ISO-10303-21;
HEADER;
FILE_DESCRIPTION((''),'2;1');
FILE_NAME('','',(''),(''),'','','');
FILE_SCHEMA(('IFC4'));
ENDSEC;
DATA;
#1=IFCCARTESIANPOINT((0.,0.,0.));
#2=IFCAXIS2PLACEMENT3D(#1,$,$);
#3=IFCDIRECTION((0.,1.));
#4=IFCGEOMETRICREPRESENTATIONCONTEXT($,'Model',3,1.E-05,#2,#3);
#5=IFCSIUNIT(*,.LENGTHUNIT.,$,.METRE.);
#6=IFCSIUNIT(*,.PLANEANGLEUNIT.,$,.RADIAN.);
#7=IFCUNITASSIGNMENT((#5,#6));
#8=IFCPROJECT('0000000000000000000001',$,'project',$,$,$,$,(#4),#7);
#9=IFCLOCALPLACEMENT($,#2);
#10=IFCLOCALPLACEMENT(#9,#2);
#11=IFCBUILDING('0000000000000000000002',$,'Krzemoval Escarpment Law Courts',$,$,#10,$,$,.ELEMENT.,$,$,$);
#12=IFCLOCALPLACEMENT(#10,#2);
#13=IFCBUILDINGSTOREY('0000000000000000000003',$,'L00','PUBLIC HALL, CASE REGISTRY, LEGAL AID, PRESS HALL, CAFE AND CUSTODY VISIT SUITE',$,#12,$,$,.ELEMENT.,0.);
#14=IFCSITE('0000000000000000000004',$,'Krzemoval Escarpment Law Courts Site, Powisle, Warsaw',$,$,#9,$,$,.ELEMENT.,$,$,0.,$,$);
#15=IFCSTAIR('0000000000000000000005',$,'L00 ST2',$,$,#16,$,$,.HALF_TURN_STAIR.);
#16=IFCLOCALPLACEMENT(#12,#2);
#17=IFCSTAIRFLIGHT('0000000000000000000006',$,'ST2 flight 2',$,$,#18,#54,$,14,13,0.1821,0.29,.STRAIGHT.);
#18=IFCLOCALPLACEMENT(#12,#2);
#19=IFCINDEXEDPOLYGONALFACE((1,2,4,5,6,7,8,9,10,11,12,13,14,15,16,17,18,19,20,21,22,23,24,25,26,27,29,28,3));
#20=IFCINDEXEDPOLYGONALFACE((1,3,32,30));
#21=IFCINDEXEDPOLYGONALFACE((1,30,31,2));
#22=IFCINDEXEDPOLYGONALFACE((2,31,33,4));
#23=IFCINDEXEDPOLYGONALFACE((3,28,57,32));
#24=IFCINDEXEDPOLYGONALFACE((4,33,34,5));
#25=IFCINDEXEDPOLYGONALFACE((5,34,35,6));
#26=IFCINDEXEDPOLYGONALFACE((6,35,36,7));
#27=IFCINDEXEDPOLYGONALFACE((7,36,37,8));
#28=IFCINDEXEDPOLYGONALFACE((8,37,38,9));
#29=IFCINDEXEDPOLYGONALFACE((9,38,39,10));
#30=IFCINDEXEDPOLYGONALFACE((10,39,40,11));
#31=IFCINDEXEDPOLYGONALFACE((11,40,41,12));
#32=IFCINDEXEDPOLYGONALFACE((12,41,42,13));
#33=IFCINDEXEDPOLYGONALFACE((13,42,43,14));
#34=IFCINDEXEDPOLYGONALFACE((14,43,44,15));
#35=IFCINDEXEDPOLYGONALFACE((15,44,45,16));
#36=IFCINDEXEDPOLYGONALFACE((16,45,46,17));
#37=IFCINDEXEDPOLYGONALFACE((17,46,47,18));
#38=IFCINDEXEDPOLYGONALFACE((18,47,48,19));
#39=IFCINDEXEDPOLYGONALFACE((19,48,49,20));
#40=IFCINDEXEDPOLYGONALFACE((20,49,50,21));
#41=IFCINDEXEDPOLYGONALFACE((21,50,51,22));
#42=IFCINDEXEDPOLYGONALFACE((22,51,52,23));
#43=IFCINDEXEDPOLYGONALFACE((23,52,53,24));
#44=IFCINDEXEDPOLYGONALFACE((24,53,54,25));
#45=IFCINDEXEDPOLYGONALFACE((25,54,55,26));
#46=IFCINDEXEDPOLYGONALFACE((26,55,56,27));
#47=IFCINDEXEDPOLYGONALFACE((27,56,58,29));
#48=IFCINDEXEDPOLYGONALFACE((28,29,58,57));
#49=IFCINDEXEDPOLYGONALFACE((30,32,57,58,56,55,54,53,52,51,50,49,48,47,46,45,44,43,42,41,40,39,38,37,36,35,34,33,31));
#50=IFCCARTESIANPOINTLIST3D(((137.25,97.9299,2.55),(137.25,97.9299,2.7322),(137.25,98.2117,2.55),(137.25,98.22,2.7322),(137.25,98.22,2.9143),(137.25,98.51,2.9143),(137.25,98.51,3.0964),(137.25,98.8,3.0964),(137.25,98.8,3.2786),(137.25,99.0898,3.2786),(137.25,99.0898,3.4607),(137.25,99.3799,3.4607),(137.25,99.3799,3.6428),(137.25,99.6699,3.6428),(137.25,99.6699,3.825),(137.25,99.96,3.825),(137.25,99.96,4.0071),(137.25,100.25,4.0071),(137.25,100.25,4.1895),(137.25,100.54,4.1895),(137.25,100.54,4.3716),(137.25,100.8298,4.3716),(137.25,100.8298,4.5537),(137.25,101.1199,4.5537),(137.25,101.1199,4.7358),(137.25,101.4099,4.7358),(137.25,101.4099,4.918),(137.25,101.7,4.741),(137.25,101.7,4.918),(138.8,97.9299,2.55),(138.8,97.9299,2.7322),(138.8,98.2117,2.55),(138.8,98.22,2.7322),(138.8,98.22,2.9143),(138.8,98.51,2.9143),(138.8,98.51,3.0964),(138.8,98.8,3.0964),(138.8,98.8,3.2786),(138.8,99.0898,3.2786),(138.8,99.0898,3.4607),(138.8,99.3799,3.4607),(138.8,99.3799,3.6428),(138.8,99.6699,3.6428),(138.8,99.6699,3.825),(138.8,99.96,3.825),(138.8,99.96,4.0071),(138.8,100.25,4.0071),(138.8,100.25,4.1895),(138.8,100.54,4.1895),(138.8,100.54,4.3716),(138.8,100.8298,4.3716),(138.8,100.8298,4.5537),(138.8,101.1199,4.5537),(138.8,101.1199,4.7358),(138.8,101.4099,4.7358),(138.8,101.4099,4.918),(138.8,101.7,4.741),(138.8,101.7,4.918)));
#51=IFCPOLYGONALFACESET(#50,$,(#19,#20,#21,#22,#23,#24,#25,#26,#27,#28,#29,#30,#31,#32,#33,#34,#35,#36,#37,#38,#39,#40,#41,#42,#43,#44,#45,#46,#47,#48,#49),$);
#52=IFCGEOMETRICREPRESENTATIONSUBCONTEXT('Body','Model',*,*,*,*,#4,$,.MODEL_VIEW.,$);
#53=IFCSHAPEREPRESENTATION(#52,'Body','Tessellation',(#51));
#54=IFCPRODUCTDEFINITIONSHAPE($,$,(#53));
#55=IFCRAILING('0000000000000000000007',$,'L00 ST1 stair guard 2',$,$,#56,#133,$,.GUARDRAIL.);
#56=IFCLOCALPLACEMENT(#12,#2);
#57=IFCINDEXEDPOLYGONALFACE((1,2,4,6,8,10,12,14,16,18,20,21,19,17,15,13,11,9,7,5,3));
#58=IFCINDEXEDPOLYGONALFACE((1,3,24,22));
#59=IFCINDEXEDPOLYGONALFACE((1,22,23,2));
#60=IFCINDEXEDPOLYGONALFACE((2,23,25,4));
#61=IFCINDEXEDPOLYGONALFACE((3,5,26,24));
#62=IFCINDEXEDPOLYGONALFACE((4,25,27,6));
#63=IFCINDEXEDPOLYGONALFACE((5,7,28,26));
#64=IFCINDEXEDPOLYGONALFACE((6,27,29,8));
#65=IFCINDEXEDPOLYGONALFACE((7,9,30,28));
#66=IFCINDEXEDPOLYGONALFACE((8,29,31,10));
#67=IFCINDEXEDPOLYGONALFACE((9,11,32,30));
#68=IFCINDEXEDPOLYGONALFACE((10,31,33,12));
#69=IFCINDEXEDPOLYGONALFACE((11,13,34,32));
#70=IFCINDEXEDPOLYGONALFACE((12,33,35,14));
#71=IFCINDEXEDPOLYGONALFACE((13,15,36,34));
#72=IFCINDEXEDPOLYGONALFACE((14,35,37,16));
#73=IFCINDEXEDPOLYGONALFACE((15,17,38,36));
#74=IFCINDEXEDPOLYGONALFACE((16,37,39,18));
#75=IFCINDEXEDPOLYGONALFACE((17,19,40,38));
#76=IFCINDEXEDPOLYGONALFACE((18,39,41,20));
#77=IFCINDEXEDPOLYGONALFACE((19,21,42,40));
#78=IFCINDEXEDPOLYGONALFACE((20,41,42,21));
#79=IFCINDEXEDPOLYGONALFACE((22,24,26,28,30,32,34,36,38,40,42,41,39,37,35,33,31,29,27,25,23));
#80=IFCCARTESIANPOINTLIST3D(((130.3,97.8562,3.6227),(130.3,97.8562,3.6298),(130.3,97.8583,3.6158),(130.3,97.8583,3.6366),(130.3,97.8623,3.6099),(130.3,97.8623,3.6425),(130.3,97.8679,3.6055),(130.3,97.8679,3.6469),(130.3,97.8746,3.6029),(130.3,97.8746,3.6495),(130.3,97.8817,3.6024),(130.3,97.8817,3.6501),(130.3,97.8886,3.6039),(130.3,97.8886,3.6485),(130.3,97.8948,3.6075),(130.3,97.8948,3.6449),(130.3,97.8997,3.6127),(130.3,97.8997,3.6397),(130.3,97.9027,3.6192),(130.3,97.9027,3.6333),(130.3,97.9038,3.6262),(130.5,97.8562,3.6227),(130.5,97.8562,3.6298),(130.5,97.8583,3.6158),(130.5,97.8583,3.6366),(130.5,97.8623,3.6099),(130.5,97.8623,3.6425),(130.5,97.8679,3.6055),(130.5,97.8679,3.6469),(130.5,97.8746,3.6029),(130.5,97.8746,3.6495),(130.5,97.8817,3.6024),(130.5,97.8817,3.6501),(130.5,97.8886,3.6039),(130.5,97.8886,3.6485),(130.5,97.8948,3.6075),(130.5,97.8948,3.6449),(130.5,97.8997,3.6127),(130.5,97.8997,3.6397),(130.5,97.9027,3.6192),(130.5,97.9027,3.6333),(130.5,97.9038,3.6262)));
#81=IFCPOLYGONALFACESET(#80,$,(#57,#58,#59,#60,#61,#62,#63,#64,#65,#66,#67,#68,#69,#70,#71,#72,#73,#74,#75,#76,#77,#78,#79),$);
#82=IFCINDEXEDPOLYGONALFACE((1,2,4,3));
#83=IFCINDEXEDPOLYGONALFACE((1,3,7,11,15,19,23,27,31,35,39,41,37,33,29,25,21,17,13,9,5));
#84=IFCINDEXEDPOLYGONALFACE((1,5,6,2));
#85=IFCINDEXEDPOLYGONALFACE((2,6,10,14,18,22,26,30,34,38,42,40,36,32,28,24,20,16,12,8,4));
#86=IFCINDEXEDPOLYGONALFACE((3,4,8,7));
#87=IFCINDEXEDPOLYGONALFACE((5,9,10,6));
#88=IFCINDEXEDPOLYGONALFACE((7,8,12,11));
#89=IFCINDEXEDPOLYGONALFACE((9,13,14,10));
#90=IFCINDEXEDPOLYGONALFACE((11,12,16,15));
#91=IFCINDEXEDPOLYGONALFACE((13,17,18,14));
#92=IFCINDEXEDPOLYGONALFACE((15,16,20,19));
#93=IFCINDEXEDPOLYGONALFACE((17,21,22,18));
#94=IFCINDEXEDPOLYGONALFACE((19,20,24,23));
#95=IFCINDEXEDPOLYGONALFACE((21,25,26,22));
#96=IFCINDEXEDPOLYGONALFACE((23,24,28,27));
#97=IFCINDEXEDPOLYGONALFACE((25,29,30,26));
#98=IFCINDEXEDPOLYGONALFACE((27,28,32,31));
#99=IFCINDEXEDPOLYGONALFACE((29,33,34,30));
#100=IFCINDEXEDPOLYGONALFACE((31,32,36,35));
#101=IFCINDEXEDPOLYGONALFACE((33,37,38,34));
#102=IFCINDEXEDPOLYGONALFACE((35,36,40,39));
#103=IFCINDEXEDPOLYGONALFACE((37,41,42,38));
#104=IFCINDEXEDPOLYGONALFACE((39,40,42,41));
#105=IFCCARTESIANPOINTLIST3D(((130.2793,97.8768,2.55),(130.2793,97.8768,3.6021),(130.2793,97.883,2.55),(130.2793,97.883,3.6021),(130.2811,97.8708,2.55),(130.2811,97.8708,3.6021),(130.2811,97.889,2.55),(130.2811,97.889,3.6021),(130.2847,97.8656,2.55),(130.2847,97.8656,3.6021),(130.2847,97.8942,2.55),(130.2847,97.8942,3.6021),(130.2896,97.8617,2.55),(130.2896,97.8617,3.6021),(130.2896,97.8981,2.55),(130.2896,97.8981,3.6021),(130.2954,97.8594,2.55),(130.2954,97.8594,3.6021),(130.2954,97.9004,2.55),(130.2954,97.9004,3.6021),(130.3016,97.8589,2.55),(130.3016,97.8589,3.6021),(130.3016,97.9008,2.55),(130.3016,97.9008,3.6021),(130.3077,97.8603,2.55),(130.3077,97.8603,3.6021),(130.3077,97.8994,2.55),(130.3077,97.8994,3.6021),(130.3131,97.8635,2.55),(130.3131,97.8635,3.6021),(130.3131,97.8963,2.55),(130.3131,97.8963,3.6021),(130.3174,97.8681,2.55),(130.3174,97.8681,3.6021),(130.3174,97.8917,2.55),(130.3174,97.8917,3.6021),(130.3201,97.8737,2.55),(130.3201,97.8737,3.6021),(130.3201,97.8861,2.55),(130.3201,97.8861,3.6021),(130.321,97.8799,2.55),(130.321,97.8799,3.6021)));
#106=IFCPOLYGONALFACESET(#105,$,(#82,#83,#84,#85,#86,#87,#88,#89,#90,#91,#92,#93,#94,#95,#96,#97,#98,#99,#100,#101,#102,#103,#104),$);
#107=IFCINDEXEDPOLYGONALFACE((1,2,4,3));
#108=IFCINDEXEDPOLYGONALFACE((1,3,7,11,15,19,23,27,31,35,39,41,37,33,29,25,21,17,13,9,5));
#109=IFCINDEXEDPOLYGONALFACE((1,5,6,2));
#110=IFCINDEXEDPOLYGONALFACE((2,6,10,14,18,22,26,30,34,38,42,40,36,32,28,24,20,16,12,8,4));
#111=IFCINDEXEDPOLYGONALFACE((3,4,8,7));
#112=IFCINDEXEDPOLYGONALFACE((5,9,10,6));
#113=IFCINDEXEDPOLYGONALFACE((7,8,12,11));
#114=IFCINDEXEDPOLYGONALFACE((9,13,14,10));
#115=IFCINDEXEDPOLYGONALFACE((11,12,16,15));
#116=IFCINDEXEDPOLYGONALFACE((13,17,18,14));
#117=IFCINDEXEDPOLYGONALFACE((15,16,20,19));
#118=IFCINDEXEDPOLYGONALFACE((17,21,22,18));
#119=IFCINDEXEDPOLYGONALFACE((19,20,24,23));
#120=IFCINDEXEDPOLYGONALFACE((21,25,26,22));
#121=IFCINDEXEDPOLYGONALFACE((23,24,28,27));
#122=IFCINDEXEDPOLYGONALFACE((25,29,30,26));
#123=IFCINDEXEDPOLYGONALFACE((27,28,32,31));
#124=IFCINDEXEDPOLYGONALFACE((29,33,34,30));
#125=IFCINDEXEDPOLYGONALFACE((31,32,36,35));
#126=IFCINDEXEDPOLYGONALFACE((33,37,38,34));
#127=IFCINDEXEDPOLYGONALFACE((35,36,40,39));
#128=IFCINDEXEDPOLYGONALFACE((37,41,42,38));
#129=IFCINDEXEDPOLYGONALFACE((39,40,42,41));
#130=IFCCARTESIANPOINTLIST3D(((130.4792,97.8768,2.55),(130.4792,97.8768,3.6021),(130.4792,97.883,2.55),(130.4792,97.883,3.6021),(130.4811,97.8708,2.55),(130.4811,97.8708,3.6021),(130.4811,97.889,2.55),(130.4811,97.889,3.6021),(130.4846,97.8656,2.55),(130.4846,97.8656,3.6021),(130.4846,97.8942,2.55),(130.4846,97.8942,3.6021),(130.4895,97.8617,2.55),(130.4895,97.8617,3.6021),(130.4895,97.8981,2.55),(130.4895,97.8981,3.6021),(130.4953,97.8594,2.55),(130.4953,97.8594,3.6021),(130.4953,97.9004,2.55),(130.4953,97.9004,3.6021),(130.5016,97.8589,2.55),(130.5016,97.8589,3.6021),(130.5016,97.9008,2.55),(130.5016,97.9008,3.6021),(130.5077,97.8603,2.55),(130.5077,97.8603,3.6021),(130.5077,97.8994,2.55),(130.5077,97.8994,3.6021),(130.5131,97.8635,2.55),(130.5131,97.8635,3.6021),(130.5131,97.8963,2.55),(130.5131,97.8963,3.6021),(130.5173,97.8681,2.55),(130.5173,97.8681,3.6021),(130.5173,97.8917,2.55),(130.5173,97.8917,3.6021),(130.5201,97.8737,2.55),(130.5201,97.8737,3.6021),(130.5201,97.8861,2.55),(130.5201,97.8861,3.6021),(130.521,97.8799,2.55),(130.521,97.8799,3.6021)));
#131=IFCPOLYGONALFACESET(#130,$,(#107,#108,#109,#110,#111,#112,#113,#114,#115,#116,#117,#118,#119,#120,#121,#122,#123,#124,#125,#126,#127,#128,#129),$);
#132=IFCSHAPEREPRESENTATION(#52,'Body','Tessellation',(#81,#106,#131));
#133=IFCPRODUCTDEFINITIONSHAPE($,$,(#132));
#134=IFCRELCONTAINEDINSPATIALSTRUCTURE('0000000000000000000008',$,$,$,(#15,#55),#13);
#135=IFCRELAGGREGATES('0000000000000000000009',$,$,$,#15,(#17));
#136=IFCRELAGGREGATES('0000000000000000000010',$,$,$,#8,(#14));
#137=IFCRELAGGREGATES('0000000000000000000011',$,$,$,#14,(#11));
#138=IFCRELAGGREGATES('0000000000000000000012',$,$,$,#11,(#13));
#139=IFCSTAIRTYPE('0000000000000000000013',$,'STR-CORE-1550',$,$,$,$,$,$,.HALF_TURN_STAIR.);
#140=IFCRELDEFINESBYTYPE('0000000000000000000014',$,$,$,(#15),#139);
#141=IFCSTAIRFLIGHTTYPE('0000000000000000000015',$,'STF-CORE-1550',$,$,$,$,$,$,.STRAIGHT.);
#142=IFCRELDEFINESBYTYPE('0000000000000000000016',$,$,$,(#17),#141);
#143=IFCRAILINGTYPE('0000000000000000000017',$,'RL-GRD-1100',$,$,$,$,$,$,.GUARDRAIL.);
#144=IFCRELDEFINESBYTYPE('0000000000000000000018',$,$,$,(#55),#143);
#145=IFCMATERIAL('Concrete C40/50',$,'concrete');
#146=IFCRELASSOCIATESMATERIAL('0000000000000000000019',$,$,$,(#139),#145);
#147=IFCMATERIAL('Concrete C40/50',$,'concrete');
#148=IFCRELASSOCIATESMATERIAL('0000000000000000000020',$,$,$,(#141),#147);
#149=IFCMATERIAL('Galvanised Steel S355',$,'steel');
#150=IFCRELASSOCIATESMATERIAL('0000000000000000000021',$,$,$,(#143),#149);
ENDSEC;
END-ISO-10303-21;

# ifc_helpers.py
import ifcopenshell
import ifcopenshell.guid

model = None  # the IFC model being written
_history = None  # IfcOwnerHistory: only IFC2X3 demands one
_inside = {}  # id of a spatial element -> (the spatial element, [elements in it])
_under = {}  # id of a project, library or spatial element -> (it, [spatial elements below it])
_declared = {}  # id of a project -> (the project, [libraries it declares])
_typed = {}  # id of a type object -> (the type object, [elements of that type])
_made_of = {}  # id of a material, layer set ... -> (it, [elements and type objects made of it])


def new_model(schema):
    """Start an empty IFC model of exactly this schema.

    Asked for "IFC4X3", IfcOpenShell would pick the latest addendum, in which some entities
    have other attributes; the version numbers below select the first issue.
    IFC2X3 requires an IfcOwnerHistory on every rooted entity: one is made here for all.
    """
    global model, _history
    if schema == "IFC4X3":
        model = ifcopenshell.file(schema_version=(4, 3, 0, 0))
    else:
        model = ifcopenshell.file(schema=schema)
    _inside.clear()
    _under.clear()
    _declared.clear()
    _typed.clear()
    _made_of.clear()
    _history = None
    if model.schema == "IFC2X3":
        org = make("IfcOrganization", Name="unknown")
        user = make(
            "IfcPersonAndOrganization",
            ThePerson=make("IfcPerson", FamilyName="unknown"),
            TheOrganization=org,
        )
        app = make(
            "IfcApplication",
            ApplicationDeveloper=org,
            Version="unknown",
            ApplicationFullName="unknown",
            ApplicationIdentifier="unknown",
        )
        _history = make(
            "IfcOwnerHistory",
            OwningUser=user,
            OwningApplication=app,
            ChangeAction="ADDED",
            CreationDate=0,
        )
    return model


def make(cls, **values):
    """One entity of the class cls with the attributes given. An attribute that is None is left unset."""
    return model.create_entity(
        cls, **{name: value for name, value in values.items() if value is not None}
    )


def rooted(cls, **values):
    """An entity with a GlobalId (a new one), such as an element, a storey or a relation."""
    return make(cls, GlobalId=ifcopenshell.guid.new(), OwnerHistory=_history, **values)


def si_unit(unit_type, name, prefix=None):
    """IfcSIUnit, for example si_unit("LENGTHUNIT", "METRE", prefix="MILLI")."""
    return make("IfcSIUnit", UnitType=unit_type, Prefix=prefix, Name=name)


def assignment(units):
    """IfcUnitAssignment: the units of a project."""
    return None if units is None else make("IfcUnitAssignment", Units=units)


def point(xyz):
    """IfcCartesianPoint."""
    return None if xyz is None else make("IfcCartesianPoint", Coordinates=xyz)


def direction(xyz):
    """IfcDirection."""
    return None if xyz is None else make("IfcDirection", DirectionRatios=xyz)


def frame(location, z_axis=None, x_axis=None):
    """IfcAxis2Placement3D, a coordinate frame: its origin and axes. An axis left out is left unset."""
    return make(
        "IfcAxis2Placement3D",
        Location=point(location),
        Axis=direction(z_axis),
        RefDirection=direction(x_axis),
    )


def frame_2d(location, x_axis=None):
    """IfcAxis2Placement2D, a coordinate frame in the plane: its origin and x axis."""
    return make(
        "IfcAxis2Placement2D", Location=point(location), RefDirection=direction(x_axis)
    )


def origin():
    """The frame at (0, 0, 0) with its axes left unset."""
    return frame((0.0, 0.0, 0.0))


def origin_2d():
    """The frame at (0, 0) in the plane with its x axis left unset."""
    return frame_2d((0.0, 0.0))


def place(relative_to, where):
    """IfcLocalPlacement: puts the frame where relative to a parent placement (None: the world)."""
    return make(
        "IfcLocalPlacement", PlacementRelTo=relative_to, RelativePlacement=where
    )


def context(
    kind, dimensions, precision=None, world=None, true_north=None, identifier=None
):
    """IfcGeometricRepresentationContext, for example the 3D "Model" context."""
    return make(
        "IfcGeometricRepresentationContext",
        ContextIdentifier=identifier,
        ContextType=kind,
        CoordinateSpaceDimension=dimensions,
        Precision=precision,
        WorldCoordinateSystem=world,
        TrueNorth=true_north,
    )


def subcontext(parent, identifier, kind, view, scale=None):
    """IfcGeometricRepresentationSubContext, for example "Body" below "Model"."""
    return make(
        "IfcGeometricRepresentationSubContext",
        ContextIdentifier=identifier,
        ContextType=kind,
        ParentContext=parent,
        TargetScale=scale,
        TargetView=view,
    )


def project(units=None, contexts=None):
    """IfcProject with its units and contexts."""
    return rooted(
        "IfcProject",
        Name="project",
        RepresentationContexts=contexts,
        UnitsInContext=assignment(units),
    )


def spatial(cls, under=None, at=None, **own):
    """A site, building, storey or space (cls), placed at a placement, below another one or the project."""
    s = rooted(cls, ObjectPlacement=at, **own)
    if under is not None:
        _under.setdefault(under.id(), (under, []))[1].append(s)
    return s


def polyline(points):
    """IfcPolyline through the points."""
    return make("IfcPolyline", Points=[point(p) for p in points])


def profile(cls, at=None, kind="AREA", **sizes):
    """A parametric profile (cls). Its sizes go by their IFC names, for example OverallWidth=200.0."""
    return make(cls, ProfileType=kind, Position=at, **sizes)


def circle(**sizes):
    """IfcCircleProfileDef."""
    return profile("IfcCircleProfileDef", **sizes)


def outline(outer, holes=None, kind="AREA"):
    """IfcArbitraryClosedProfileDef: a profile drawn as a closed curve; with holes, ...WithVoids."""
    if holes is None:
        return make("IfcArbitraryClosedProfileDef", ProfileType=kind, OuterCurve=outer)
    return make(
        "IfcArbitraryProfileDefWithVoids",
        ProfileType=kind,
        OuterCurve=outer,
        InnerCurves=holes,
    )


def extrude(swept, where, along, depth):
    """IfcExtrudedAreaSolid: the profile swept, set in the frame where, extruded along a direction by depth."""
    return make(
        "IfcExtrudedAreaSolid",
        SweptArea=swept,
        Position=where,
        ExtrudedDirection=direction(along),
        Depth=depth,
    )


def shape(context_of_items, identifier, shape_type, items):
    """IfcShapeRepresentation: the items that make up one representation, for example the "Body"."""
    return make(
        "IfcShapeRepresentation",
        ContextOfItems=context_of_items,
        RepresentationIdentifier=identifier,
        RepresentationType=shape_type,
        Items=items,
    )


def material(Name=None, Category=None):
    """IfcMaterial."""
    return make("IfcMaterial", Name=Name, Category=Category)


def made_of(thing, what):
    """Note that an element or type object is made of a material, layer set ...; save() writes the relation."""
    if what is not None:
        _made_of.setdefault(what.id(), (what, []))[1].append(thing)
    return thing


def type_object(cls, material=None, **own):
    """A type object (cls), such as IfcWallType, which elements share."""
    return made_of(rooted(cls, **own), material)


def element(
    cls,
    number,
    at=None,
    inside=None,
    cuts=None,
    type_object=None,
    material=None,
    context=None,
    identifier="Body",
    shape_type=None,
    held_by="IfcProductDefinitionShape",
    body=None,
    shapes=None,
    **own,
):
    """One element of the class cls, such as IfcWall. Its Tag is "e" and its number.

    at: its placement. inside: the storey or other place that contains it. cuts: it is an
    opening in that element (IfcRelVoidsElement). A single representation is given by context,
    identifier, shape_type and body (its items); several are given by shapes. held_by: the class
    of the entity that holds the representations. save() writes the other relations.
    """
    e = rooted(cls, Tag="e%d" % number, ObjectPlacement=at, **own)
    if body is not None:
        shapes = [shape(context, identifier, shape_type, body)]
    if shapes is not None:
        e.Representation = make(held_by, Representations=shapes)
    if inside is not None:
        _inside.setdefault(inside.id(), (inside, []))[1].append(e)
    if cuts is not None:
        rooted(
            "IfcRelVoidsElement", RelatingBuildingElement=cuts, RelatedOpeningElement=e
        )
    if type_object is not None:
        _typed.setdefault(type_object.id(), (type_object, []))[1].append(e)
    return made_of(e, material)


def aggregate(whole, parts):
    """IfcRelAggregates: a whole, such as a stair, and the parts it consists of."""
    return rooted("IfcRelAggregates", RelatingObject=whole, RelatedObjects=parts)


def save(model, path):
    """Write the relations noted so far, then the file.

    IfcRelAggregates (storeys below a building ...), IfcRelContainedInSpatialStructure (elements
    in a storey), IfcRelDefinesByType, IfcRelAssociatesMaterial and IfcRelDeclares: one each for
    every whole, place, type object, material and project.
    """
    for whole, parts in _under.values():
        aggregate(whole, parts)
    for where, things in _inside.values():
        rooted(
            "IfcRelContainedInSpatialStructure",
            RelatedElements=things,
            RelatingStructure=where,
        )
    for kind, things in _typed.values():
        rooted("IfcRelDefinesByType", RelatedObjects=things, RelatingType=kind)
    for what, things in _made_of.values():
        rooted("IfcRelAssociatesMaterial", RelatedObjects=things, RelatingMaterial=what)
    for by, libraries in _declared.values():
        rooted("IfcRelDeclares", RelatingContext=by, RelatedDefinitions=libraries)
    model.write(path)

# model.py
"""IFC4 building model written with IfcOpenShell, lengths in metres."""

from ifc_helpers import new_model, si_unit, direction, frame, origin, origin_2d, place, context, subcontext, project, spatial, polyline, circle, outline, extrude, material, type_object, element, aggregate, save


model = new_model("IFC4")

# Units and contexts
model_context = context("Model", 3, precision=1e-05, world=origin(), true_north=direction((0.0, 1.0)))
body_context = subcontext(model_context, "Body", "Model", "MODEL_VIEW")
ifc_project = project(units=[si_unit("LENGTHUNIT", "METRE"), si_unit("PLANEANGLEUNIT", "RADIAN")], contexts=[model_context])

# Site, building, storey
site_placement = place(None, origin())
site = spatial("IfcSite", under=ifc_project, at=site_placement, Name="Krzemoval Escarpment Law Courts Site, Powisle, Warsaw", CompositionType="ELEMENT", RefElevation=0.0)
building_placement = place(site_placement, origin())
building = spatial("IfcBuilding", under=site, at=building_placement, Name="Krzemoval Escarpment Law Courts", CompositionType="ELEMENT")
storey_placement = place(building_placement, origin())
storey = spatial("IfcBuildingStorey", under=building, at=storey_placement, Name="L00", Description="PUBLIC HALL, CASE REGISTRY, LEGAL AID, PRESS HALL, CAFE AND CUSTODY VISIT SUITE", CompositionType="ELEMENT", Elevation=0.0)

# Stair, stair flight
ifc_material_1 = material(Name="Concrete C40/50", Category="concrete")
stair_type = type_object("IfcStairType", Name="STR-CORE-1550", PredefinedType="HALF_TURN_STAIR", material=ifc_material_1)
ifc_material_2 = material(Name="Concrete C40/50", Category="concrete")
stair_flight_type = type_object("IfcStairFlightType", Name="STF-CORE-1550", PredefinedType="STRAIGHT", material=ifc_material_2)
stair_1_placement = place(storey_placement, origin())
stair_1 = element("IfcStair", 1, at=stair_1_placement, inside=storey, type_object=stair_type, Name="L00 ST2", PredefinedType="HALF_TURN_STAIR")
stair_flight_1_placement = place(storey_placement, frame((138.0249, 97.9299, 2.55), z_axis=(0.0, 0.0, 1.0), x_axis=(0.0, 1.0, 0.0)))
stair_flight_1 = element("IfcStairFlight", 2, at=stair_flight_1_placement, type_object=stair_flight_type, Name="ST2 flight 2", NumberOfRisers=14, NumberOfTreads=13, PredefinedType="STRAIGHT", RiserHeight=0.1821, TreadLength=0.29, context=body_context, shape_type="SweptSolid", body=[
    extrude(outline(polyline([(0.0, 0.0), (0.0, 0.1821), (0.29, 0.1821), (0.29, 0.3643), (0.5801, 0.3643), (0.5801, 0.5464), (0.8701, 0.5464), (0.8701, 0.7285), (1.1599, 0.7285), (1.1599, 0.9106), (1.45, 0.9106), (1.45, 1.0928), (1.74, 1.0928), (1.74, 1.2749), (2.03, 1.2749), (2.03, 1.457), (2.3201, 1.457), (2.3201, 1.6394), (2.6101, 1.6394), (2.6101, 1.8215), (2.8999, 1.8215), (2.8999, 2.0037), (3.1899, 2.0037), (3.1899, 2.1858), (3.48, 2.1858), (3.48, 2.3679), (3.77, 2.3679), (3.77, 2.55), (3.77, 2.1909), (0.2817, 0.0), (0.0, 0.0)])), frame((0.0, 0.7749, 0.0), z_axis=(0.0, -1.0, 0.0), x_axis=(1.0, 0.0, 0.0)), (0.0, 0.0, 1.0), 1.55),
])
aggregate(stair_1, [stair_flight_1])

# Railing
ifc_material_3 = material(Name="Galvanised Steel S355", Category="steel")
railing_type_1 = type_object("IfcRailingType", Name="RL-GRD-1100", PredefinedType="GUARDRAIL", material=ifc_material_3)
railing_1_placement = place(storey_placement, frame((130.3, 97.8799, 2.55)))
element("IfcRailing", 3, at=railing_1_placement, inside=storey, type_object=railing_type_1, Name="L00 ST1 stair guard 2", PredefinedType="GUARDRAIL", context=body_context, shape_type="SweptSolid", body=[
    extrude(circle(Radius=0.0239, at=origin_2d()), frame((0.0, 0.0, 1.0762), z_axis=(1.0, 0.0, 0.0), x_axis=(0.0, 1.0, 0.0)), (0.0, 0.0, 1.0), 0.2),
    extrude(circle(Radius=0.021, at=origin_2d()), origin(), (0.0, 0.0, 1.0), 1.052),
    extrude(circle(Radius=0.021, at=origin_2d()), frame((0.2, 0.0, 0.0)), (0.0, 0.0, 1.0), 1.052),
])

save(model, "model.ifc")
